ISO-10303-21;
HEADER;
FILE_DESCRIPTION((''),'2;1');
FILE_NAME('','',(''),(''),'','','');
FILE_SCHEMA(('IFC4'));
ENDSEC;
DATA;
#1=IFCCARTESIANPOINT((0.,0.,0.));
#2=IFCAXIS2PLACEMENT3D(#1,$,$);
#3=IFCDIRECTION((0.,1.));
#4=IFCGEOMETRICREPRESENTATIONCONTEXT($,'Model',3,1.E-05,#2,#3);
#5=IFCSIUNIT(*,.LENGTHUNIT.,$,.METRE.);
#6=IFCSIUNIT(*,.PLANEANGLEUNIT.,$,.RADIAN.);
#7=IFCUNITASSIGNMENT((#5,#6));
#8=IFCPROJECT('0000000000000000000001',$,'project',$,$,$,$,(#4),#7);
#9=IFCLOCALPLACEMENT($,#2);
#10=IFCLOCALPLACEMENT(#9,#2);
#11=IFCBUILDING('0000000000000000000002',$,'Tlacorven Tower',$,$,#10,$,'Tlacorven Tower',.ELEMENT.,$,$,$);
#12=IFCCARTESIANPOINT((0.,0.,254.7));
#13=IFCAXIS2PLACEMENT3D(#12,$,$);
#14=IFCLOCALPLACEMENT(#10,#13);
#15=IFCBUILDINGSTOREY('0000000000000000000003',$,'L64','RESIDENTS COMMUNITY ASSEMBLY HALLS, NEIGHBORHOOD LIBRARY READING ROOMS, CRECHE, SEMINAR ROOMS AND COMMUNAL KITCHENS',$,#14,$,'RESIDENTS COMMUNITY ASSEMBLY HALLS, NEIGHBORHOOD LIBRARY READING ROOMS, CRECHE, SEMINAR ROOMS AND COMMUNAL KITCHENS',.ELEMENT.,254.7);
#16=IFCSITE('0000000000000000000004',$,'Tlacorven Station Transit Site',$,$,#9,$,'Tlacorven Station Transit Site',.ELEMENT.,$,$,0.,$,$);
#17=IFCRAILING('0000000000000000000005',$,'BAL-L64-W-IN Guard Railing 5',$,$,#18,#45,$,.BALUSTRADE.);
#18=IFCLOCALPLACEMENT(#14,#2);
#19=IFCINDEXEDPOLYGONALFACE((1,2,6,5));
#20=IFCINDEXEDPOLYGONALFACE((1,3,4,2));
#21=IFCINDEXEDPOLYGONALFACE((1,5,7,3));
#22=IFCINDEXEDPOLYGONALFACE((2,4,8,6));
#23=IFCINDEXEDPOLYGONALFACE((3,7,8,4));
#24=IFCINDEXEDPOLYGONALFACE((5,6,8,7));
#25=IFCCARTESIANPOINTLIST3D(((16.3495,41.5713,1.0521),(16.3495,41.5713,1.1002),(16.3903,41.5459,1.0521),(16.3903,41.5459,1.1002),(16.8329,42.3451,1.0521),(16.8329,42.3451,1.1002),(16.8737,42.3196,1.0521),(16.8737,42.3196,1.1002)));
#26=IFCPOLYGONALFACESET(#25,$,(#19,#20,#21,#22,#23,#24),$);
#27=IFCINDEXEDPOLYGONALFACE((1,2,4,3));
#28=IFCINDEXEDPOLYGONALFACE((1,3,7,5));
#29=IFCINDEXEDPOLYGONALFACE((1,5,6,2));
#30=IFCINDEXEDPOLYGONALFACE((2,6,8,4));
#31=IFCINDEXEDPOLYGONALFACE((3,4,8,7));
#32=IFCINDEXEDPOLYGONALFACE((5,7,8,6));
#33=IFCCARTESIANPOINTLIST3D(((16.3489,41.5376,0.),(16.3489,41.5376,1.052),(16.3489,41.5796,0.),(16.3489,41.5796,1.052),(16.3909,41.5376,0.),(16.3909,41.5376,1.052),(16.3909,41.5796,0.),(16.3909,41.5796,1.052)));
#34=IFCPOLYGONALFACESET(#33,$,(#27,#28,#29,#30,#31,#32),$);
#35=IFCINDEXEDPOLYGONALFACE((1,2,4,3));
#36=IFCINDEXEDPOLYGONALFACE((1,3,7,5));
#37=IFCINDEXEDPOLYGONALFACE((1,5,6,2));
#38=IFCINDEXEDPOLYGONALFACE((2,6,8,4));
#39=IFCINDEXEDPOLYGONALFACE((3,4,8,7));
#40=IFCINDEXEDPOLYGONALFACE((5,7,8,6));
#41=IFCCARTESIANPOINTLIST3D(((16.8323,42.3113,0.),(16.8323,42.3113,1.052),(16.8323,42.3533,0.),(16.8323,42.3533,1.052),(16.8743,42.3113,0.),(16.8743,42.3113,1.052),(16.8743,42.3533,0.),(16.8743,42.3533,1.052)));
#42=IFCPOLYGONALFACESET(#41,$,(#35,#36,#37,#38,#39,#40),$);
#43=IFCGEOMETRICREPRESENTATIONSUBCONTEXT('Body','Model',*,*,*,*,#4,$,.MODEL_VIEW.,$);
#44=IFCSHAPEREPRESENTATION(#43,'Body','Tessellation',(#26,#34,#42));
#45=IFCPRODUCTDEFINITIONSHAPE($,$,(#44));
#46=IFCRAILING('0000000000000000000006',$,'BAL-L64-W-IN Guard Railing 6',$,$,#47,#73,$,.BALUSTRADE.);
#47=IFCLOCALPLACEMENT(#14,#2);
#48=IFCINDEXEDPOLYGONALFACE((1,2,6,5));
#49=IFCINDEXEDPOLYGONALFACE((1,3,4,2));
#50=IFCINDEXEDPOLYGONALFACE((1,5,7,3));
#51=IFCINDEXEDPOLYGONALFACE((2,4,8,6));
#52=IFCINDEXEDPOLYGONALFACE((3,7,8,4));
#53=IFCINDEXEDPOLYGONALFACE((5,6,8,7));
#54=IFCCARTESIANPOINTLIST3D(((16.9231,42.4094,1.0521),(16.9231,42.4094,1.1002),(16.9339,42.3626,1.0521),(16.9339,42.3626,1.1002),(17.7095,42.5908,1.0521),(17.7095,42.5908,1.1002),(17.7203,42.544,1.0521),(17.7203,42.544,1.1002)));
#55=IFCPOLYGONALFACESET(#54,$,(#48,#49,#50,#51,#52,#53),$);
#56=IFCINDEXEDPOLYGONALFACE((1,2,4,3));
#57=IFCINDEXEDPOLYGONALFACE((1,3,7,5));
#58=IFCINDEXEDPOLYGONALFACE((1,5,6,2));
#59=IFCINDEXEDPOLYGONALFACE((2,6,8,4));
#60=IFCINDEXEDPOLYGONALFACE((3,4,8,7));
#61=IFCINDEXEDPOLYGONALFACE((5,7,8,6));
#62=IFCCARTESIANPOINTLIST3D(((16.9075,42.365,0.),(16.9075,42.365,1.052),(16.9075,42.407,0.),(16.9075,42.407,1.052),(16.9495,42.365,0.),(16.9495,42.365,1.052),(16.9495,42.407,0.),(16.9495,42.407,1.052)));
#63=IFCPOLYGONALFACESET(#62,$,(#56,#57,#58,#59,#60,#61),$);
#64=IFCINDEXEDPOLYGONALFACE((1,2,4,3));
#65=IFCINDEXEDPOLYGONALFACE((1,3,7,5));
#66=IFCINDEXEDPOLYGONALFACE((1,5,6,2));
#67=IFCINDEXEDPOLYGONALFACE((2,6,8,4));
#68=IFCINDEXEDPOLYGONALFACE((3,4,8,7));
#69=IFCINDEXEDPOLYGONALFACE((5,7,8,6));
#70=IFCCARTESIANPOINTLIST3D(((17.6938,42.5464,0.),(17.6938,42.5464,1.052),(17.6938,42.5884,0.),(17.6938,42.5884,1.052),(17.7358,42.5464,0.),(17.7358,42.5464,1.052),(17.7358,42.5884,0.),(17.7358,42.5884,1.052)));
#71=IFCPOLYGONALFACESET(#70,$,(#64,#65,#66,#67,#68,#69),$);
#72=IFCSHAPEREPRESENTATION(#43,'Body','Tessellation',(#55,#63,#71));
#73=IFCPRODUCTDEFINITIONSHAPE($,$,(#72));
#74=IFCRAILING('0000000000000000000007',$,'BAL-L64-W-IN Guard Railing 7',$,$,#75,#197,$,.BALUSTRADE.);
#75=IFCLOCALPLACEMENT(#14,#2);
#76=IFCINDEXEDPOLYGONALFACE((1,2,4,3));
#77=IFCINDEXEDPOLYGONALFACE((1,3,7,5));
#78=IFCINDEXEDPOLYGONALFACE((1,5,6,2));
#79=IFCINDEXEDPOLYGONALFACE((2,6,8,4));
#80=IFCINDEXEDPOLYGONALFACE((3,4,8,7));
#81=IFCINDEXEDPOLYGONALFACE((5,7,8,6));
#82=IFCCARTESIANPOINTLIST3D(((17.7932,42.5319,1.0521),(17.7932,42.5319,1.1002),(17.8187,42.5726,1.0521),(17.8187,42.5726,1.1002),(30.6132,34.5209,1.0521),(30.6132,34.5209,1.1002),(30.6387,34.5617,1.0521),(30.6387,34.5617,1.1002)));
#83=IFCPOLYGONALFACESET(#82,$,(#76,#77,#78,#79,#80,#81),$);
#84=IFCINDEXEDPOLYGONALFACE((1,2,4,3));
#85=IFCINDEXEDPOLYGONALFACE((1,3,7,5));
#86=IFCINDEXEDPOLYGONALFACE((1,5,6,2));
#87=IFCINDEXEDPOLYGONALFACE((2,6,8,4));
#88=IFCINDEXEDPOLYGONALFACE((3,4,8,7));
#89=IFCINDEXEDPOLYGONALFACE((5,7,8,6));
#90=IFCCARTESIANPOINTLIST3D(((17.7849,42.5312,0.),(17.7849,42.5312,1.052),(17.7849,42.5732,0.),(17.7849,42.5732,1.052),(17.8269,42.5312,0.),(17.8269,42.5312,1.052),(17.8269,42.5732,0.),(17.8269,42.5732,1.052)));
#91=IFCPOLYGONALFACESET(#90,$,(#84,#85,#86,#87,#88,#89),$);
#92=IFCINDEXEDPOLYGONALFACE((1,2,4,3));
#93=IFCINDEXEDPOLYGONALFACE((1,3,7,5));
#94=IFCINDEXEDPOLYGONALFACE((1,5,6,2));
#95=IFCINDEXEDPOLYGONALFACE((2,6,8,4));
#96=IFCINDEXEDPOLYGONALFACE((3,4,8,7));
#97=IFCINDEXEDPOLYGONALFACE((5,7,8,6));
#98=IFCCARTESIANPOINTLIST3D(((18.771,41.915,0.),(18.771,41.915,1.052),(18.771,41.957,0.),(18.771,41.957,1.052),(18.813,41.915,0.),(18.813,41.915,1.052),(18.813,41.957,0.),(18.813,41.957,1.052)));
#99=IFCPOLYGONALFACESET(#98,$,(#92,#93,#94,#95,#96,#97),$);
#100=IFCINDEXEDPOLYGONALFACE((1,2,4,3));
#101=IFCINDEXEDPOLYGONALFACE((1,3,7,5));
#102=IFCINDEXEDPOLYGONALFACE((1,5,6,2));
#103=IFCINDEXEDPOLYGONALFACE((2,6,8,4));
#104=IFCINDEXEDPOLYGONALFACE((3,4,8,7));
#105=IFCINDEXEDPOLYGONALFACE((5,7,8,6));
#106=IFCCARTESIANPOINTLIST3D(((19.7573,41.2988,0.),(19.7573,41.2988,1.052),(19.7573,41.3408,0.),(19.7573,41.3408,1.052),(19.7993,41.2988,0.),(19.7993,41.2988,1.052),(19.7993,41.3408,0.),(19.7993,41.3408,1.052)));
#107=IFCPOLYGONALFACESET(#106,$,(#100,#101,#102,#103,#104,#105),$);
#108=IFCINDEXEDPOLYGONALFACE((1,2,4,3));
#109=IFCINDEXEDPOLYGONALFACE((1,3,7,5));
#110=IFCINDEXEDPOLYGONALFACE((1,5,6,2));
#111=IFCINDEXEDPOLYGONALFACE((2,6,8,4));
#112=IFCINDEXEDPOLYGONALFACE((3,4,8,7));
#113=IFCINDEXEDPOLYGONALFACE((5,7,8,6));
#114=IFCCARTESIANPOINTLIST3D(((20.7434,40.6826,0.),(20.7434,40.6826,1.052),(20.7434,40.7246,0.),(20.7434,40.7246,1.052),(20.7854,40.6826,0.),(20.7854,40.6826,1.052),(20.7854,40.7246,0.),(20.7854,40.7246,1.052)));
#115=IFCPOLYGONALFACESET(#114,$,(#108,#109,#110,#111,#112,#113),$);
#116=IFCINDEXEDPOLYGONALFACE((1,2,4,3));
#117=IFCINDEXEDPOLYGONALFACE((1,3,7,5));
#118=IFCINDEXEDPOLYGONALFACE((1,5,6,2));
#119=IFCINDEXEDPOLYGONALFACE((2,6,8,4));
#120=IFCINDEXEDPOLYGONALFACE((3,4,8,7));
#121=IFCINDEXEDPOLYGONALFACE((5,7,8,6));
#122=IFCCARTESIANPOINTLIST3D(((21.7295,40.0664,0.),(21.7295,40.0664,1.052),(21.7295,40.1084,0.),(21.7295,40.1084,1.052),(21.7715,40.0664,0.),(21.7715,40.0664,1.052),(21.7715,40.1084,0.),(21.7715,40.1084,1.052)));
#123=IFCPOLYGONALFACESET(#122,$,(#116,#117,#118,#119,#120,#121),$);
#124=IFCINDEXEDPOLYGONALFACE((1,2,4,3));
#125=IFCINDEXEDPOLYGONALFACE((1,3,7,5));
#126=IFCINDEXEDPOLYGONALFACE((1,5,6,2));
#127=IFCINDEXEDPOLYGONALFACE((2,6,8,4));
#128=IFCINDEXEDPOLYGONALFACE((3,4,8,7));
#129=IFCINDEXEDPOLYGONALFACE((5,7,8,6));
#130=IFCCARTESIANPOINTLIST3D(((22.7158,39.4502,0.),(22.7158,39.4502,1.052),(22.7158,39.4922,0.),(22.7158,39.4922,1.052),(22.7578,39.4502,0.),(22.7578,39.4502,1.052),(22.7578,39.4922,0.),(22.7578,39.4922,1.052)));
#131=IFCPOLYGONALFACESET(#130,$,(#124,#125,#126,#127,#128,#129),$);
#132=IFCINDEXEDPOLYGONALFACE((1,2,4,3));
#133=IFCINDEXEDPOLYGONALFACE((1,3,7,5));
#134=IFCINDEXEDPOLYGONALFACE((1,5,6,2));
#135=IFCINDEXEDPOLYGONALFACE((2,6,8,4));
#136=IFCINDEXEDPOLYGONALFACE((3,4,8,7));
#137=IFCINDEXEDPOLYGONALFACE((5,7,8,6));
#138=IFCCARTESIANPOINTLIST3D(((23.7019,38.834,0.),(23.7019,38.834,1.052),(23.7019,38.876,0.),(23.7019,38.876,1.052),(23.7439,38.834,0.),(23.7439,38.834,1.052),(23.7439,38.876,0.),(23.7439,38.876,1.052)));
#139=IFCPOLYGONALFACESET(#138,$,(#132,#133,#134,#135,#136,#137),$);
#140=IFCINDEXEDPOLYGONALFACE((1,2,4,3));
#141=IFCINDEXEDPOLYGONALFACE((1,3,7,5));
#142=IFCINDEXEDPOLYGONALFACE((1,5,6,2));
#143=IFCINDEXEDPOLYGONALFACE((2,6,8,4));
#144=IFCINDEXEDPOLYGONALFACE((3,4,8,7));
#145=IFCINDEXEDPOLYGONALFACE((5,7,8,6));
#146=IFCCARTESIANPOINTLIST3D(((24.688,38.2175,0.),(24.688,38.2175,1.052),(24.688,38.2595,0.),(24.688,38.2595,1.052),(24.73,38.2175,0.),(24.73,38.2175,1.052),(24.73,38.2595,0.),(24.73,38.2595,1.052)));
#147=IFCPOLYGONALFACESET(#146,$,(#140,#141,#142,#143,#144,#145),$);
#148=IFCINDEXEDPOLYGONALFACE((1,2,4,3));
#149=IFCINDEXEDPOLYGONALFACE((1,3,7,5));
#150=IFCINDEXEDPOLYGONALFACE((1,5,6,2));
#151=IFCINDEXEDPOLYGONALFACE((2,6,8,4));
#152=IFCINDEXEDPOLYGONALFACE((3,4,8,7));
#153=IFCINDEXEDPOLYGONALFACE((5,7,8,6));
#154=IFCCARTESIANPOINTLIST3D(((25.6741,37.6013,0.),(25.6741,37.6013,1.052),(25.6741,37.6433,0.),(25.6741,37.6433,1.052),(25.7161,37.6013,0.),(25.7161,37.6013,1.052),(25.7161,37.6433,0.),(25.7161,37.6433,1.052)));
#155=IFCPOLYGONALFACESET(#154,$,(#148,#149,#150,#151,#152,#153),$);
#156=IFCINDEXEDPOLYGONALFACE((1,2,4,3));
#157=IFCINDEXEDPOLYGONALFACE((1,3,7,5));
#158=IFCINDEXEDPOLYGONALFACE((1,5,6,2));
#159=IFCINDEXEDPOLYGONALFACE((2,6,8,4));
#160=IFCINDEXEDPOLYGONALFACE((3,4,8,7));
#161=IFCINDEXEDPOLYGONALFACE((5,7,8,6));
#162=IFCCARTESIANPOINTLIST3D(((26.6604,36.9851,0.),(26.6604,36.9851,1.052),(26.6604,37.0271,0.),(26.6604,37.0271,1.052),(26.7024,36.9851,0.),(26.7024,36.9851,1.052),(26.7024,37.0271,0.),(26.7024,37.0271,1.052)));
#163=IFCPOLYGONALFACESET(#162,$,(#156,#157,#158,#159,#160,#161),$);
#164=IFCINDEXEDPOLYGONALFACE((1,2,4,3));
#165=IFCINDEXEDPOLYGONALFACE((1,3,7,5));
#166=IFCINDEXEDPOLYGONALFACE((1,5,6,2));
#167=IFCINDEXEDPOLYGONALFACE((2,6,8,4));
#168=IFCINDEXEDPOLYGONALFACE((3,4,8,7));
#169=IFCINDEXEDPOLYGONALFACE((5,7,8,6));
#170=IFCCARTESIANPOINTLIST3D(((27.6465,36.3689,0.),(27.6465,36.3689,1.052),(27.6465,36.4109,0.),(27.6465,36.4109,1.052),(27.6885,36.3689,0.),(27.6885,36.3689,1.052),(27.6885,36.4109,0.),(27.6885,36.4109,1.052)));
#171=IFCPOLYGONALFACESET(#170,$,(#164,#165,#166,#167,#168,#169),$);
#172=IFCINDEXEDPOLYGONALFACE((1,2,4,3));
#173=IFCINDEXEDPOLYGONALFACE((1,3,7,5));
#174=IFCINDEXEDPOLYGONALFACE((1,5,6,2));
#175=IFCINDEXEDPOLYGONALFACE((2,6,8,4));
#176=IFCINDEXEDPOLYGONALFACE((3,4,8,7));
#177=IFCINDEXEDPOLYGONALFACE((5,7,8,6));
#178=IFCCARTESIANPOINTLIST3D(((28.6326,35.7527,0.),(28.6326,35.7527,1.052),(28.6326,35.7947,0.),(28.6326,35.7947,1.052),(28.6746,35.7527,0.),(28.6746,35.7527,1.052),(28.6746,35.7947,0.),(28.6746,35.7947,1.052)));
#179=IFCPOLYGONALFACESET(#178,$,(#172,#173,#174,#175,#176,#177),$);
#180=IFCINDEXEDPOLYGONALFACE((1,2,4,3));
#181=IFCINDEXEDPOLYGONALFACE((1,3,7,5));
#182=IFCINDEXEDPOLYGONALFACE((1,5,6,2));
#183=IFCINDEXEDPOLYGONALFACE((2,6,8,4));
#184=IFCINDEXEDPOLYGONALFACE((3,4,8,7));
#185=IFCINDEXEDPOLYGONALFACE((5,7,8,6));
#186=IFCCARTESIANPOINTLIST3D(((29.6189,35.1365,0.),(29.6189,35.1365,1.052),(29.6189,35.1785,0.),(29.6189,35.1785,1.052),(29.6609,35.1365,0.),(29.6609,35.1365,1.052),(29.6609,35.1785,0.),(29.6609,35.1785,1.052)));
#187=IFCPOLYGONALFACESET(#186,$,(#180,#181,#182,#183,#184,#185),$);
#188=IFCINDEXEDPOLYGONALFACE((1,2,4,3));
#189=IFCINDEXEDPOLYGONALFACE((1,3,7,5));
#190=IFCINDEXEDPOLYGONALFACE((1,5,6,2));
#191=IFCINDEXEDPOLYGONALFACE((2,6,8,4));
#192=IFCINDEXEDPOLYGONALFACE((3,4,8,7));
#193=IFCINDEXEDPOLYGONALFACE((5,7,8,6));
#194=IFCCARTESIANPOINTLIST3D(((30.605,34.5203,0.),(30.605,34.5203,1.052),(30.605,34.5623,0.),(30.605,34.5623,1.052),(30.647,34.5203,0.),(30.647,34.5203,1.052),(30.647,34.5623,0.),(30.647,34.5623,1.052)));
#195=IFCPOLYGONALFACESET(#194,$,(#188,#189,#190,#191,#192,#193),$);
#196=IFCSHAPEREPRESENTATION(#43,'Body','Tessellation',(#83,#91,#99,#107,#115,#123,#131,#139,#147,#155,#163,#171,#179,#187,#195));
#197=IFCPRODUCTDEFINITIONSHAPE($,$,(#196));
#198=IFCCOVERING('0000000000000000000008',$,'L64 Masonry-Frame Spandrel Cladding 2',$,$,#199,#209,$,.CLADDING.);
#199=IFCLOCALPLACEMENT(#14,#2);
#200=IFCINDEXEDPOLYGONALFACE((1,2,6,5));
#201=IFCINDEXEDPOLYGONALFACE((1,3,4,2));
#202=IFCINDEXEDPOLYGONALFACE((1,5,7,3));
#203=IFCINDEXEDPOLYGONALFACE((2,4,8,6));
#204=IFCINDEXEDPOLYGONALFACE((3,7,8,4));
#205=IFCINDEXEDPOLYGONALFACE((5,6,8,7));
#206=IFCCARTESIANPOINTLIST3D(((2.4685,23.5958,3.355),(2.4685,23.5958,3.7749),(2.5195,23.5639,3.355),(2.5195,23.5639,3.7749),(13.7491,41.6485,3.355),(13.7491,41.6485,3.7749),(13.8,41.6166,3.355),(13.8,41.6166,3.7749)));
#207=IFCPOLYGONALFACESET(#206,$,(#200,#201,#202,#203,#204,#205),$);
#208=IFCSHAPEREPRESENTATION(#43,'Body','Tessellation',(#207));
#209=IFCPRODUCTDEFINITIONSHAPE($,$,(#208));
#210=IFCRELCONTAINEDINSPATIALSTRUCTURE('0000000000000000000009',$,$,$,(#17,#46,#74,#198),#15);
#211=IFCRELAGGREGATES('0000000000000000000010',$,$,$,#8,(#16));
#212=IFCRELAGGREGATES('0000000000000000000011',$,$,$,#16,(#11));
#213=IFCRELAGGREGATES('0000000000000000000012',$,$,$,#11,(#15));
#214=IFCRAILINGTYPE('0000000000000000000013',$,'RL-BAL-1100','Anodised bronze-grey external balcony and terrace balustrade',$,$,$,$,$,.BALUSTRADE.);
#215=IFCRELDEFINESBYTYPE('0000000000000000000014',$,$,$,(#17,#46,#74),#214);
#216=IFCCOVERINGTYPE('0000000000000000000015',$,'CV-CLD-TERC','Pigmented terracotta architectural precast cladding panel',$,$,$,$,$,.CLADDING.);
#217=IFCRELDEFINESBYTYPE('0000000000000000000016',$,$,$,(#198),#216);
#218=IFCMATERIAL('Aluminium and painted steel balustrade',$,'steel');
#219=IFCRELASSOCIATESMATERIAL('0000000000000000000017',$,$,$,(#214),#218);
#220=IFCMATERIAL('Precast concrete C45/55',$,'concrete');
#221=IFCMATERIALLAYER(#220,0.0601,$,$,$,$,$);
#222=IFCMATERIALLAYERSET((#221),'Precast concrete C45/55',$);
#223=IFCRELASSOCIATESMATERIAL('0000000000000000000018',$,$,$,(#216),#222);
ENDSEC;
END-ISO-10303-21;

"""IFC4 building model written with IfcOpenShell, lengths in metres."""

from ifc_helpers import new_model, si_unit, direction, frame, origin, origin_2d, place, context, subcontext, project, spatial, rectangle, extrude, source, transform, mapped, material, layer, layer_set, type_object, element, save


model = new_model("IFC4")

# Units and contexts
model_context = context("Model", 3, precision=1e-05, world=origin(), true_north=direction((0.0, 1.0)))
body_context = subcontext(model_context, "Body", "Model", "MODEL_VIEW")
ifc_project = project(units=[si_unit("LENGTHUNIT", "METRE"), si_unit("PLANEANGLEUNIT", "RADIAN")], contexts=[model_context])

# Site, building, storey
site_placement = place(None, origin())
site = spatial("IfcSite", under=ifc_project, at=site_placement, Name="Tlacorven Station Transit Site", LongName="Tlacorven Station Transit Site", CompositionType="ELEMENT", RefElevation=0.0)
building_placement = place(site_placement, origin())
building = spatial("IfcBuilding", under=site, at=building_placement, Name="Tlacorven Tower", LongName="Tlacorven Tower", CompositionType="ELEMENT")
storey_placement = place(building_placement, frame((0.0, 0.0, 254.7)))
storey = spatial("IfcBuildingStorey", under=building, at=storey_placement, Name="L64", Description="RESIDENTS COMMUNITY ASSEMBLY HALLS, NEIGHBORHOOD LIBRARY READING ROOMS, CRECHE, SEMINAR ROOMS AND COMMUNAL KITCHENS", LongName="RESIDENTS COMMUNITY ASSEMBLY HALLS, NEIGHBORHOOD LIBRARY READING ROOMS, CRECHE, SEMINAR ROOMS AND COMMUNAL KITCHENS", CompositionType="ELEMENT", Elevation=254.7)

# Shared definitions
ifc_material_1 = material(Name="Precast concrete C45/55", Category="concrete")

# Railings
ifc_material_2 = material(Name="Aluminium and painted steel balustrade", Category="steel")
railing_type = type_object("IfcRailingType", Name="RL-BAL-1100", Description="Anodised bronze-grey external balcony and terrace balustrade", PredefinedType="BALUSTRADE", material=ifc_material_2)
shared_shape_1 = source(origin(), body_context, "Body", "SweptSolid", [
    extrude(rectangle(XDim=0.0481, YDim=0.0481, at=origin_2d()), frame((0.0, 0.0, 1.0762), z_axis=(0.529879, 0.848073, 0.0), x_axis=(-0.848073, 0.529879, 0.0)), (0.0, 0.0, 1.0), 0.9124),
    extrude(rectangle(XDim=0.042, YDim=0.042, at=origin_2d()), origin(), (0.0, 0.0, 1.0), 1.052),
    extrude(rectangle(XDim=0.042, YDim=0.042, at=origin_2d()), frame((0.4834, 0.7737, 0.0)), (0.0, 0.0, 1.0), 1.052),
])
railing_1_placement = place(storey_placement, frame((16.3699, 41.5586, 0.0)))
element("IfcRailing", 1, at=railing_1_placement, inside=storey, type_object=railing_type, Name="BAL-L64-W-IN Guard Railing 5", PredefinedType="BALUSTRADE", context=body_context, shape_type="MappedRepresentation", body=[
    mapped(shared_shape_1, transform((0.0, 0.0, 0.0), scale=1.0)),
])
shared_shape_2 = source(origin(), body_context, "Body", "SweptSolid", [
    extrude(rectangle(XDim=0.0481, YDim=0.0481, at=origin_2d()), frame((0.0, 0.0, 1.0762), z_axis=(0.974412, 0.224771, 0.0), x_axis=(-0.224771, 0.974412, 0.0)), (0.0, 0.0, 1.0), 0.8071),
    extrude(rectangle(XDim=0.042, YDim=0.042, at=origin_2d()), origin(), (0.0, 0.0, 1.0), 1.052),
    extrude(rectangle(XDim=0.042, YDim=0.042, at=origin_2d()), frame((0.7864, 0.1814, 0.0)), (0.0, 0.0, 1.0), 1.052),
])
railing_2_placement = place(storey_placement, frame((16.9285, 42.386, 0.0)))
element("IfcRailing", 2, at=railing_2_placement, inside=storey, type_object=railing_type, Name="BAL-L64-W-IN Guard Railing 6", PredefinedType="BALUSTRADE", context=body_context, shape_type="MappedRepresentation", body=[
    mapped(shared_shape_2, transform((0.0, 0.0, 0.0), scale=1.0)),
])
shared_shape_3 = source(origin(), body_context, "Body", "SweptSolid", [
    extrude(rectangle(XDim=0.0481, YDim=0.0481, at=origin_2d()), frame((0.0, 0.0, 1.0762), z_axis=(0.848045, -0.529925, 0.0), x_axis=(0.529925, 0.848045, 0.0)), (0.0, 0.0, 1.0), 15.1172),
    extrude(rectangle(XDim=0.042, YDim=0.042, at=origin_2d()), origin(), (0.0, 0.0, 1.0), 1.052),
    extrude(rectangle(XDim=0.042, YDim=0.042, at=origin_2d()), frame((0.9861, -0.6162, 0.0)), (0.0, 0.0, 1.0), 1.052),
    extrude(rectangle(XDim=0.042, YDim=0.042, at=origin_2d()), frame((1.9724, -1.2324, 0.0)), (0.0, 0.0, 1.0), 1.052),
    extrude(rectangle(XDim=0.042, YDim=0.042, at=origin_2d()), frame((2.9585, -1.8486, 0.0)), (0.0, 0.0, 1.0), 1.052),
    extrude(rectangle(XDim=0.042, YDim=0.042, at=origin_2d()), frame((3.9446, -2.4648, 0.0)), (0.0, 0.0, 1.0), 1.052),
    extrude(rectangle(XDim=0.042, YDim=0.042, at=origin_2d()), frame((4.9309, -3.0811, 0.0)), (0.0, 0.0, 1.0), 1.052),
    extrude(rectangle(XDim=0.042, YDim=0.042, at=origin_2d()), frame((5.917, -3.6973, 0.0)), (0.0, 0.0, 1.0), 1.052),
    extrude(rectangle(XDim=0.042, YDim=0.042, at=origin_2d()), frame((6.9031, -4.3137, 0.0)), (0.0, 0.0, 1.0), 1.052),
    extrude(rectangle(XDim=0.042, YDim=0.042, at=origin_2d()), frame((7.8892, -4.9299, 0.0)), (0.0, 0.0, 1.0), 1.052),
    extrude(rectangle(XDim=0.042, YDim=0.042, at=origin_2d()), frame((8.8755, -5.5461, 0.0)), (0.0, 0.0, 1.0), 1.052),
    extrude(rectangle(XDim=0.042, YDim=0.042, at=origin_2d()), frame((9.8616, -6.1624, 0.0)), (0.0, 0.0, 1.0), 1.052),
    extrude(rectangle(XDim=0.042, YDim=0.042, at=origin_2d()), frame((10.8477, -6.7786, 0.0)), (0.0, 0.0, 1.0), 1.052),
    extrude(rectangle(XDim=0.042, YDim=0.042, at=origin_2d()), frame((11.834, -7.3948, 0.0)), (0.0, 0.0, 1.0), 1.052),
    extrude(rectangle(XDim=0.042, YDim=0.042, at=origin_2d()), frame((12.8201, -8.011, 0.0)), (0.0, 0.0, 1.0), 1.052),
])
railing_3_placement = place(storey_placement, frame((17.8059, 42.5522, 0.0)))
element("IfcRailing", 3, at=railing_3_placement, inside=storey, type_object=railing_type, Name="BAL-L64-W-IN Guard Railing 7", PredefinedType="BALUSTRADE", context=body_context, shape_type="MappedRepresentation", body=[
    mapped(shared_shape_3, transform((0.0, 0.0, 0.0), scale=1.0)),
])

# Covering
ifc_layer_1 = layer(ifc_material_1, 0.0601)
ifc_layer_set_1 = layer_set([ifc_layer_1], Name="Precast concrete C45/55")
covering_type = type_object("IfcCoveringType", Name="CV-CLD-TERC", Description="Pigmented terracotta architectural precast cladding panel", PredefinedType="CLADDING", material=ifc_layer_set_1)
shared_shape_4 = source(origin(), body_context, "Body", "SweptSolid", [
    extrude(rectangle(XDim=21.2874, YDim=0.0601, at=origin_2d()), origin(), (0.0, 0.0, 1.0), 0.4199),
])
covering_placement = place(storey_placement, frame((8.1343, 32.6062, 3.355), z_axis=(0.0, 0.0, 1.0), x_axis=(0.529919, 0.848048, 0.0)))
element("IfcCovering", 4, at=covering_placement, inside=storey, type_object=covering_type, Name="L64 Masonry-Frame Spandrel Cladding 2", PredefinedType="CLADDING", context=body_context, shape_type="MappedRepresentation", body=[
    mapped(shared_shape_4, transform((0.0, 0.0, 0.0), scale=1.0)),
])

save(model, "model.ifc")
